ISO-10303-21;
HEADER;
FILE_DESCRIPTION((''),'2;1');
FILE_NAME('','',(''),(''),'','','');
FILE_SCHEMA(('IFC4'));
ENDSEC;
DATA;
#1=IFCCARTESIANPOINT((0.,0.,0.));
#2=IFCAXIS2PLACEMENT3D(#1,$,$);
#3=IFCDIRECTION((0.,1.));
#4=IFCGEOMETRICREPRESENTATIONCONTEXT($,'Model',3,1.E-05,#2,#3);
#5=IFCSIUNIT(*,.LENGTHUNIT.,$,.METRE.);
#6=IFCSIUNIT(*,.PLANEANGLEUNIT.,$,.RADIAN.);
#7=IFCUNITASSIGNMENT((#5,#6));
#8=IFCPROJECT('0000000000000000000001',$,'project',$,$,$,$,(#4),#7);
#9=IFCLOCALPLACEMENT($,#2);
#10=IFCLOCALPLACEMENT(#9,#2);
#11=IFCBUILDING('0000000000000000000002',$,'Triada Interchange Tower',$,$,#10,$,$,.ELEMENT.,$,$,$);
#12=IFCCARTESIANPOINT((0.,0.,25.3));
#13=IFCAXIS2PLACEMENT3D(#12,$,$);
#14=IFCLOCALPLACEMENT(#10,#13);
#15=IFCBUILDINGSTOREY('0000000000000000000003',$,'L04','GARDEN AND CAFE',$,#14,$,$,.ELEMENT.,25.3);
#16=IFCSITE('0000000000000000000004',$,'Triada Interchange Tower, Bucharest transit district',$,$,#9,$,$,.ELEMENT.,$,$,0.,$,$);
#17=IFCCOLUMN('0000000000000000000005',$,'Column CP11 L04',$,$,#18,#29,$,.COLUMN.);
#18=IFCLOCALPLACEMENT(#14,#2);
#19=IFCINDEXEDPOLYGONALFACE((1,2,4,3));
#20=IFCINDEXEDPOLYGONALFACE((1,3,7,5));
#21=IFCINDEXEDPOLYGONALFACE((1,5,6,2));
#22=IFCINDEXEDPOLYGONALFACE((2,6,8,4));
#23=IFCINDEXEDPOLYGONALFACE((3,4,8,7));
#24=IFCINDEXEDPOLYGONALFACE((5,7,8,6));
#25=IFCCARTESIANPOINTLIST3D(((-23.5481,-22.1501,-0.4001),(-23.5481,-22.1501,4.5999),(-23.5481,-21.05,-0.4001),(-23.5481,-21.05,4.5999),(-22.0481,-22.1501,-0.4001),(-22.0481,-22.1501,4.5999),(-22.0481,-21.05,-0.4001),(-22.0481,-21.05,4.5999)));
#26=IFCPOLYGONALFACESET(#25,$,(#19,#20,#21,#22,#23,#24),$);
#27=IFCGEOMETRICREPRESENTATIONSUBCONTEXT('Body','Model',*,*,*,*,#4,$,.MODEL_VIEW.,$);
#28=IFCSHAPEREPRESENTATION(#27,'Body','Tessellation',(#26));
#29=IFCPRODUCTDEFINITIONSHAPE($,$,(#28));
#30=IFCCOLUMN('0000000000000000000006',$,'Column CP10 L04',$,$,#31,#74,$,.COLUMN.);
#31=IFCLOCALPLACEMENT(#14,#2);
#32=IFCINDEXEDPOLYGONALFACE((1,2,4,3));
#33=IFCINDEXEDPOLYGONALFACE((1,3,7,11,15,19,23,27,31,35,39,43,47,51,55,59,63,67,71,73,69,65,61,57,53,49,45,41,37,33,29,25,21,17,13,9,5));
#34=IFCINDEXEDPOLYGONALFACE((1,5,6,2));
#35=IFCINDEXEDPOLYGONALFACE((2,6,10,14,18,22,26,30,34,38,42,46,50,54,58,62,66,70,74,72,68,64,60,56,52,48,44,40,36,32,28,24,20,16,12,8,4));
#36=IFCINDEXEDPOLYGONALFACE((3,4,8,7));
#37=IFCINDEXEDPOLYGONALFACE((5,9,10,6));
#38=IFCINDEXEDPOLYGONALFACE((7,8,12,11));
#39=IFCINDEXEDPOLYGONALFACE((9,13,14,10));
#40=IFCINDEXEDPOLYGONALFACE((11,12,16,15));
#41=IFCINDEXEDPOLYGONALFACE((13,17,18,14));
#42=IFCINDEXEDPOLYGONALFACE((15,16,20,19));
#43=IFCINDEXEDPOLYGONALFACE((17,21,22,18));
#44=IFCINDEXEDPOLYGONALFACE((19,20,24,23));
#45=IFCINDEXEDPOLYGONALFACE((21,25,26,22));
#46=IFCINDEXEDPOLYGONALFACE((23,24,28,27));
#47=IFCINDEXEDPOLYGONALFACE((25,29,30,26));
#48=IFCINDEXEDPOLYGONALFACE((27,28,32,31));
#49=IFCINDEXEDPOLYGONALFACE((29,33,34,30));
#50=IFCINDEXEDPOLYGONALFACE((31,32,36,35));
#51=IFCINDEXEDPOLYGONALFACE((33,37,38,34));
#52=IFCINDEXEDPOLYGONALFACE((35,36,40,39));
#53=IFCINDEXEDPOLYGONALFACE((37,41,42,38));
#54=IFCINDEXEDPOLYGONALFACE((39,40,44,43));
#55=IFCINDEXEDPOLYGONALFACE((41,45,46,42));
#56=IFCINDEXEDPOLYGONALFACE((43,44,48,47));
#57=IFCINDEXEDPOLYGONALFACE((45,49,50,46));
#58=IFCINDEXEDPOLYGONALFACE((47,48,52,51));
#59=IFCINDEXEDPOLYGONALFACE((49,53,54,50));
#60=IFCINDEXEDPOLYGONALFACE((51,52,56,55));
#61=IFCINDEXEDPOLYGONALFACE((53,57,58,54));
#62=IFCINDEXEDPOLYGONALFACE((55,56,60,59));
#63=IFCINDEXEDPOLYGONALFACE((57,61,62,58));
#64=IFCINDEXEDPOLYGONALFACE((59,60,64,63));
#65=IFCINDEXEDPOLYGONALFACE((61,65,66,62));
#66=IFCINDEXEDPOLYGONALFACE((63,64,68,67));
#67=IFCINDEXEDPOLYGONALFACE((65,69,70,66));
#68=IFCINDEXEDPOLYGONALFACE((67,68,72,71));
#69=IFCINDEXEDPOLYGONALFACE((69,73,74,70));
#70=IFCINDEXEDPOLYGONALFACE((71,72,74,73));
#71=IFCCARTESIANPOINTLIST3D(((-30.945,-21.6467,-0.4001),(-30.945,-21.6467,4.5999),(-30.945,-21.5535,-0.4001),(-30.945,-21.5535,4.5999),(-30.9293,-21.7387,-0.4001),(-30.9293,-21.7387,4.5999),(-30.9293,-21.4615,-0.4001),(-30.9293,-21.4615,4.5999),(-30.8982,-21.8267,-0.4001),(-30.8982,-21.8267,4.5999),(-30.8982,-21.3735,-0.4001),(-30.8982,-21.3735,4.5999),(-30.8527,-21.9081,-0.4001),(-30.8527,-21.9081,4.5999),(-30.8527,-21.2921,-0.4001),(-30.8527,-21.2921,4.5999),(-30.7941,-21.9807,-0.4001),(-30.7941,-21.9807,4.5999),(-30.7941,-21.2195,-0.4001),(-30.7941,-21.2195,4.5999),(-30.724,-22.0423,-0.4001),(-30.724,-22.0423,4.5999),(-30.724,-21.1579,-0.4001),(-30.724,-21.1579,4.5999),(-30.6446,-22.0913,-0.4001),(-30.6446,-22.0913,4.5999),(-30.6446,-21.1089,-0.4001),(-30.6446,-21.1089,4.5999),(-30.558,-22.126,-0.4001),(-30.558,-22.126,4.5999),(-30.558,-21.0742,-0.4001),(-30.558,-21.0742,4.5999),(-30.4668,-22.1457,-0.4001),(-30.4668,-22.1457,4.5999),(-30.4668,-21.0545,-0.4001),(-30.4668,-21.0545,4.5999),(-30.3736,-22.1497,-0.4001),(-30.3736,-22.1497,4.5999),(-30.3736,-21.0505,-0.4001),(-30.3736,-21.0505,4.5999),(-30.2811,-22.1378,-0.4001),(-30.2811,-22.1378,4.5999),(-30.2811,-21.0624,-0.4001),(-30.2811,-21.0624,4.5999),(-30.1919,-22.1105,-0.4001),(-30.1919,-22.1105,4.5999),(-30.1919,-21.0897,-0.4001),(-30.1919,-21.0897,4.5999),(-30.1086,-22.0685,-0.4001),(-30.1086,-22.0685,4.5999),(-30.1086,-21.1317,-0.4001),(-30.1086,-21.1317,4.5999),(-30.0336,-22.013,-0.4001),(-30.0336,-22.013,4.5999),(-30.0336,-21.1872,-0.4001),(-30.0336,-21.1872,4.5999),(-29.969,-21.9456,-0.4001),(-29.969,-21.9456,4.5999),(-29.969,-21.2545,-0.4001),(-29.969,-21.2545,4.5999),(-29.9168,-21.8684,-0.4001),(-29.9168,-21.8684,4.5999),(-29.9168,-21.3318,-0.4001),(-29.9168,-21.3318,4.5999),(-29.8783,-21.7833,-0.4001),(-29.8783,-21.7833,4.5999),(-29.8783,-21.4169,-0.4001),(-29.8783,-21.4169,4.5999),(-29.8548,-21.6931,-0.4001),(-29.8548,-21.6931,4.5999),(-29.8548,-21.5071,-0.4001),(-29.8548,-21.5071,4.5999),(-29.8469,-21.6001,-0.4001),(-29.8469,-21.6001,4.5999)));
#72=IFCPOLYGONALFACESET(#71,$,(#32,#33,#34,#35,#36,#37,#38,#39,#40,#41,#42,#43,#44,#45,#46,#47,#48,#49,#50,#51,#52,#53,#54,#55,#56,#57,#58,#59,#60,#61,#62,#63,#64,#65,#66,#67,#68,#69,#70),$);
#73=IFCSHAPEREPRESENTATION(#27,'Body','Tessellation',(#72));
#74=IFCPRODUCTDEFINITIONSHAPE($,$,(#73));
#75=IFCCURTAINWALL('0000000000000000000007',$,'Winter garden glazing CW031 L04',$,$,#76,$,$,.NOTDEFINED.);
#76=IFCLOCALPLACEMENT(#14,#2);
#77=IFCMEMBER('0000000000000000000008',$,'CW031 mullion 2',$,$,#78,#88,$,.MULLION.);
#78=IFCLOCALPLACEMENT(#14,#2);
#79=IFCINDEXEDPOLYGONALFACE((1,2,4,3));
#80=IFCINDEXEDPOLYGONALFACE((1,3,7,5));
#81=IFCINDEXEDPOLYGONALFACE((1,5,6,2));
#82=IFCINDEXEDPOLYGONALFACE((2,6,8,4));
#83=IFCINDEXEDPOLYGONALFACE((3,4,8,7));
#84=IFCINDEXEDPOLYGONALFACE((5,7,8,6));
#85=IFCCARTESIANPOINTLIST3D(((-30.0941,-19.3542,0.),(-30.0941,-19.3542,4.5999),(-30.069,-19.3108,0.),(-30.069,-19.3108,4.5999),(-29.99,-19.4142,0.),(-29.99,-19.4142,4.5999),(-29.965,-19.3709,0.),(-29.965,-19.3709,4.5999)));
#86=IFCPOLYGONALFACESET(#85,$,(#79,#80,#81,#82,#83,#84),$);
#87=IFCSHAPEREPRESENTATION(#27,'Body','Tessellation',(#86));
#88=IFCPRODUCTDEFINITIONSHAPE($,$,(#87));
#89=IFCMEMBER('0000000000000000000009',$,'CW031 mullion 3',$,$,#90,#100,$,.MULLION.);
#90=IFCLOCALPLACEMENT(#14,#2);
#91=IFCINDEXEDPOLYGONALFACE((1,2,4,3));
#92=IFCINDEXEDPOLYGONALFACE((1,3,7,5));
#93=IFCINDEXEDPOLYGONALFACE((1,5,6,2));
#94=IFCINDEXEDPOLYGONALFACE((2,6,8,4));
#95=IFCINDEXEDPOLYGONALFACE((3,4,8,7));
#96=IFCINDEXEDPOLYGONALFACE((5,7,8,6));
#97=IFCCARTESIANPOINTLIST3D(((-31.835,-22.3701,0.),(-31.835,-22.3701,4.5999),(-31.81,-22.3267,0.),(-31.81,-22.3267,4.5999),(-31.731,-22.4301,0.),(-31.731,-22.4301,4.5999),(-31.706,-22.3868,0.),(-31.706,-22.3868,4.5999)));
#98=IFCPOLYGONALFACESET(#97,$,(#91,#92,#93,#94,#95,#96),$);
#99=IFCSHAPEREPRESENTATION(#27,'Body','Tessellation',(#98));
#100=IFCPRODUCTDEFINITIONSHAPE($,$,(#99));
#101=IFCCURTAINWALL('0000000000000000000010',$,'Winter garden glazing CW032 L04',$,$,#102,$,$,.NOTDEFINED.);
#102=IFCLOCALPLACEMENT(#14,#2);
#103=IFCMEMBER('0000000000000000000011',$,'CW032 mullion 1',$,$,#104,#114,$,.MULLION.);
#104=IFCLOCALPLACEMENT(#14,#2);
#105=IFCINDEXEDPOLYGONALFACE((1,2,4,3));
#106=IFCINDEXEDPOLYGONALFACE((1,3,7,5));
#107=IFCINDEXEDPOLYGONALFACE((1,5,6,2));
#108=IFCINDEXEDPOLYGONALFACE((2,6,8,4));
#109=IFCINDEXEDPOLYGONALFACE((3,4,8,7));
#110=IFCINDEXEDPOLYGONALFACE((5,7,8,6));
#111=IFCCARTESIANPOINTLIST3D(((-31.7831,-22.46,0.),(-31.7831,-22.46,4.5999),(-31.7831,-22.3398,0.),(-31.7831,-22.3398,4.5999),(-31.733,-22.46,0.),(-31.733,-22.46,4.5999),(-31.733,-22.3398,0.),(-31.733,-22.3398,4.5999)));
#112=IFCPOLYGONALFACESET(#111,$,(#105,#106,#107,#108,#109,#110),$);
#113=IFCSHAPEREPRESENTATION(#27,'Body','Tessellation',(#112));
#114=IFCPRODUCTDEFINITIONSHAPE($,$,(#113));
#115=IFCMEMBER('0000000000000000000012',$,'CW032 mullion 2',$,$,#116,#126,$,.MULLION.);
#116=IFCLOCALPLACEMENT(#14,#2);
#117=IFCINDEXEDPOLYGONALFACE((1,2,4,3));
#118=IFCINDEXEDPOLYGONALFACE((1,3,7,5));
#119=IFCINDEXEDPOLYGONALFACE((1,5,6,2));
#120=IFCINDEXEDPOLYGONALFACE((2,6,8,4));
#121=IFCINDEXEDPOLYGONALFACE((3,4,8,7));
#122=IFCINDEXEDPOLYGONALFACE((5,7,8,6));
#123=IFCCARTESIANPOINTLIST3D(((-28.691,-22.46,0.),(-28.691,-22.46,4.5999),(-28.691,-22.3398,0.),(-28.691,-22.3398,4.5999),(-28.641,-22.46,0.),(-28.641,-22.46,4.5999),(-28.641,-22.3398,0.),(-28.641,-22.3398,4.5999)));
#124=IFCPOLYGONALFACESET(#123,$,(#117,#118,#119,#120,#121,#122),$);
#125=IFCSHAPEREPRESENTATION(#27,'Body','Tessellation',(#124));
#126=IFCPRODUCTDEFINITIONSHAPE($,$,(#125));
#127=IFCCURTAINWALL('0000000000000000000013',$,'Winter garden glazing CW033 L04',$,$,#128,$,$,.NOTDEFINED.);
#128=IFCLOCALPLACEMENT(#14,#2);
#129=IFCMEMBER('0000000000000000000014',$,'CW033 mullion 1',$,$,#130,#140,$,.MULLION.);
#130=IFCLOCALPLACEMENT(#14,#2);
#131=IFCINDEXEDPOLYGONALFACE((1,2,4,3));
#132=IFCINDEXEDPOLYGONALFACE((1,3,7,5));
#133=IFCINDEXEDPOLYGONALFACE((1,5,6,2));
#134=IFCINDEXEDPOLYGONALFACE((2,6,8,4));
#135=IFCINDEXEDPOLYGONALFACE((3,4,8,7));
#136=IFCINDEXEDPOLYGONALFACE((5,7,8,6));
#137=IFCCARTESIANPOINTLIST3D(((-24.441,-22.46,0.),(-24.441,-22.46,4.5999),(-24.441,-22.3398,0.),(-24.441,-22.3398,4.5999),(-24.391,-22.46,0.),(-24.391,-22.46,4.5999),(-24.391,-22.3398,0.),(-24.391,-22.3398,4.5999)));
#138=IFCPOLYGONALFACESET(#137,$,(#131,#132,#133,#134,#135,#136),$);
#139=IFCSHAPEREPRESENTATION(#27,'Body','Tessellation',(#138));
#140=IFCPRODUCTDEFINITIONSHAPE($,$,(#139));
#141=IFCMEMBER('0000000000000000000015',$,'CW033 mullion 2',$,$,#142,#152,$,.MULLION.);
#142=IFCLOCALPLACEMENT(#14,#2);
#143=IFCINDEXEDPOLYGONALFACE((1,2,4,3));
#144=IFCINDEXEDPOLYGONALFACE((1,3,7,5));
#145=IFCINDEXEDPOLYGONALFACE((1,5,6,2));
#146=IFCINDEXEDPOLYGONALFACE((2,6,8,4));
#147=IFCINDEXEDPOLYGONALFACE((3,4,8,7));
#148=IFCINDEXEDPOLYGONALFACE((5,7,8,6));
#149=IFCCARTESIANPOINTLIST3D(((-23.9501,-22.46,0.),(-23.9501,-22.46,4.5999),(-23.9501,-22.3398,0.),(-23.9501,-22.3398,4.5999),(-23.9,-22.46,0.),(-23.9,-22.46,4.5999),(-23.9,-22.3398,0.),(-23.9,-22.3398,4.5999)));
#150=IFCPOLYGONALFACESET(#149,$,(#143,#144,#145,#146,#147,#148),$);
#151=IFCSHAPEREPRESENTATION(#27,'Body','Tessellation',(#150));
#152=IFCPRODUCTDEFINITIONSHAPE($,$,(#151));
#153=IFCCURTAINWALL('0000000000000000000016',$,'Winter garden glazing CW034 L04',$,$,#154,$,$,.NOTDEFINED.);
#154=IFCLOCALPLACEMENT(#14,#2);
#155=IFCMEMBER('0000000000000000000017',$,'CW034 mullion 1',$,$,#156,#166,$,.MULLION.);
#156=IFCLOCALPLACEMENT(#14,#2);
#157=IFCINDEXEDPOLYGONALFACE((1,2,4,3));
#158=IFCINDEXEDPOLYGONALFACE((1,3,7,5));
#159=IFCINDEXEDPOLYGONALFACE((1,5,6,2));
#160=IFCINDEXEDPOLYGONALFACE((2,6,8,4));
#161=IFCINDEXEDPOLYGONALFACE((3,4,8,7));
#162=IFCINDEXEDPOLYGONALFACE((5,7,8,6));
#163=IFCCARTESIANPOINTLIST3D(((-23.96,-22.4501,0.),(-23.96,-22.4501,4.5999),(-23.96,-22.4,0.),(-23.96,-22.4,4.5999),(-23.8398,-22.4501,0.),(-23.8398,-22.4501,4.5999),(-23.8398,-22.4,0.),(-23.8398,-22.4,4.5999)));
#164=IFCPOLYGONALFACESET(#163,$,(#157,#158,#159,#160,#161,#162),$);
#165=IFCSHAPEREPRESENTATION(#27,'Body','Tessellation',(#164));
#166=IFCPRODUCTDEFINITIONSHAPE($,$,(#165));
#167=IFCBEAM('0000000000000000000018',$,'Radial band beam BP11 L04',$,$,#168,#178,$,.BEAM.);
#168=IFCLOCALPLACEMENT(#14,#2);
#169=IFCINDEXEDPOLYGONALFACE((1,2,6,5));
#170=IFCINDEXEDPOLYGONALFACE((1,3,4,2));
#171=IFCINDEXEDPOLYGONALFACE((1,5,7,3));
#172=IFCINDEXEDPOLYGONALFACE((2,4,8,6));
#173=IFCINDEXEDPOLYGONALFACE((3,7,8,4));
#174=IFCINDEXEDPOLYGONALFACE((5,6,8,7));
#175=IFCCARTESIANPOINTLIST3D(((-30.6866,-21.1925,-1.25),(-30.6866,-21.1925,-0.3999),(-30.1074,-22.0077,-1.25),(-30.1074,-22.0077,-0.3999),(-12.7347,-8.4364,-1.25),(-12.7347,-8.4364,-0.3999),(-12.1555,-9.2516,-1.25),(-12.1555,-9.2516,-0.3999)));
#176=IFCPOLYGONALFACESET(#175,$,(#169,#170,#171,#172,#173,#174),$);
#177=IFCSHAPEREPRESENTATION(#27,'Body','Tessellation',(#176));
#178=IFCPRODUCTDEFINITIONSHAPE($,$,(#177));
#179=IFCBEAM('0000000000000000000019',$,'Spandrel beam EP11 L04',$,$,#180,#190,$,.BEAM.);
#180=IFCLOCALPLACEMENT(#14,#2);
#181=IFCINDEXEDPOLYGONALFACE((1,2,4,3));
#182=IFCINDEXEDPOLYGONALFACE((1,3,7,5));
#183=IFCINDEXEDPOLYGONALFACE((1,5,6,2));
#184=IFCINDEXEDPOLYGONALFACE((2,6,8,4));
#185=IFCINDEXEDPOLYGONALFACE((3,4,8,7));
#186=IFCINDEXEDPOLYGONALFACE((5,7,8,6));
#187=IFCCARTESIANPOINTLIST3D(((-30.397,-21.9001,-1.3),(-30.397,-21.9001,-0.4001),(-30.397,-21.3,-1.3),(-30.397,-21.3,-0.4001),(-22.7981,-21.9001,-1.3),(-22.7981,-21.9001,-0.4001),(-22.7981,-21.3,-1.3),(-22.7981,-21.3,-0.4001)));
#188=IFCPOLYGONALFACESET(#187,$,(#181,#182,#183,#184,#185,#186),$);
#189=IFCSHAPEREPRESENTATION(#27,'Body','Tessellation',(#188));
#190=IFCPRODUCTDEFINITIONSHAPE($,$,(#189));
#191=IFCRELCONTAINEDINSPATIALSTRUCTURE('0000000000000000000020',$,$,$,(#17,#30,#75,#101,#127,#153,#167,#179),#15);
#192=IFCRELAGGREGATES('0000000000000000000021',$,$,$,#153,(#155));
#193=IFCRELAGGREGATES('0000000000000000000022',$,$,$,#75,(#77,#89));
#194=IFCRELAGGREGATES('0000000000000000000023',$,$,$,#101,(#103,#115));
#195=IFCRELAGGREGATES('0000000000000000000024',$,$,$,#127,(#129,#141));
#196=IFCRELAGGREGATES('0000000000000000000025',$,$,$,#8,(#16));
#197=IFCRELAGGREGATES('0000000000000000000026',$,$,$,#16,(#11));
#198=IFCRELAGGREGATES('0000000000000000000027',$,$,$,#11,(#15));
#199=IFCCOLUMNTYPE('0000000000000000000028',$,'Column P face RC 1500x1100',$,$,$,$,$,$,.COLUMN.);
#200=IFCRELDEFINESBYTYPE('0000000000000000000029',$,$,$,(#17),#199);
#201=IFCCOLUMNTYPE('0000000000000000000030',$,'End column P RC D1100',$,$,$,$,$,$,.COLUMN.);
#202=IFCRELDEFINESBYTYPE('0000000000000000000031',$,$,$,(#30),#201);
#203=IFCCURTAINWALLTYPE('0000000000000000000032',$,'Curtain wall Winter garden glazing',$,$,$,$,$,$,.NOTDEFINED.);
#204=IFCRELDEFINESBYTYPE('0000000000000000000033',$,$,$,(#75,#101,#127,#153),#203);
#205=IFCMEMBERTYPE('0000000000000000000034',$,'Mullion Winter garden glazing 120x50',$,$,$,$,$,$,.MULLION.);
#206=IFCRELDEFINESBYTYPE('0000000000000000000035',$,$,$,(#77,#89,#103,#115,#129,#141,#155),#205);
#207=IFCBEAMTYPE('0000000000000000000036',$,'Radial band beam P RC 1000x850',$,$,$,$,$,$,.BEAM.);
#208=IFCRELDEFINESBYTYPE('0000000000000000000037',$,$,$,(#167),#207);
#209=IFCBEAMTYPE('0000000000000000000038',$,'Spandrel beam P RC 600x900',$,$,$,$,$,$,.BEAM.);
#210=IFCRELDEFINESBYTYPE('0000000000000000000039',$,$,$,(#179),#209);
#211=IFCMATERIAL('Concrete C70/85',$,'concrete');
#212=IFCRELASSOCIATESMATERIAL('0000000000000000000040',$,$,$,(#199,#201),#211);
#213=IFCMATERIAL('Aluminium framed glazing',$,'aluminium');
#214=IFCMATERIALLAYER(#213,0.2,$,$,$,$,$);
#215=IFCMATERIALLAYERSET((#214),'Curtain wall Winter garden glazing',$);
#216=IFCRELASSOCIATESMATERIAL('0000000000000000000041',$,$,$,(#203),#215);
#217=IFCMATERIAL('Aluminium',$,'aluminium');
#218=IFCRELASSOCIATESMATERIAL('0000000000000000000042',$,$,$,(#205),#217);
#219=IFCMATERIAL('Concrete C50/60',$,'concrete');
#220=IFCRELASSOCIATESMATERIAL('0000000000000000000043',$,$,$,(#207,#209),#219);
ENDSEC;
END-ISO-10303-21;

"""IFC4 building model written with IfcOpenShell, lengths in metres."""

from ifc_helpers import new_model, si_unit, direction, frame, origin, origin_2d, place, context, subcontext, project, spatial, rectangle, circle, extrude, material, layer, layer_set, material_profile, profile_set, type_object, element, aggregate, save


model = new_model("IFC4")

# Units and contexts
model_context = context("Model", 3, precision=1e-05, world=origin(), true_north=direction((0.0, 1.0)))
body_context = subcontext(model_context, "Body", "Model", "MODEL_VIEW")
ifc_project = project(units=[si_unit("LENGTHUNIT", "METRE"), si_unit("PLANEANGLEUNIT", "RADIAN")], contexts=[model_context])

# Site, building, storey
site_placement = place(None, origin())
site = spatial("IfcSite", under=ifc_project, at=site_placement, Name="Triada Interchange Tower, Bucharest transit district", CompositionType="ELEMENT", RefElevation=0.0)
building_placement = place(site_placement, origin())
building = spatial("IfcBuilding", under=site, at=building_placement, Name="Triada Interchange Tower", CompositionType="ELEMENT")
storey_placement = place(building_placement, frame((0.0, 0.0, 25.3)))
storey = spatial("IfcBuildingStorey", under=building, at=storey_placement, Name="L04", Description="GARDEN AND CAFE", CompositionType="ELEMENT", Elevation=25.3)

# Columns
ifc_material_1 = material(Name="Concrete C70/85", Category="concrete")
ifc_material_profile_1 = material_profile(ifc_material_1, rectangle(XDim=1.5, YDim=1.1001, at=origin_2d()), Name="RC 1500x1100")
ifc_profile_set_1 = profile_set([ifc_material_profile_1], Name="Concrete C70/85")
column_type_1 = type_object("IfcColumnType", Name="Column P face RC 1500x1100", PredefinedType="COLUMN", material=ifc_profile_set_1)
column_1_placement = place(storey_placement, frame((-22.7981, -21.6001, -0.4001), z_axis=(0.0, 0.0, 1.0), x_axis=(1.0, 0.0, 0.0)))
element("IfcColumn", 1, at=column_1_placement, inside=storey, type_object=column_type_1, Name="Column CP11 L04", PredefinedType="COLUMN", context=body_context, shape_type="SweptSolid", body=[
    extrude(rectangle(XDim=1.5, YDim=1.1001, at=origin_2d()), origin(), (0.0, 0.0, 1.0), 5.0),
])
ifc_material_profile_2 = material_profile(ifc_material_1, circle(Radius=0.55, at=origin_2d()), Name="RC D1100")
ifc_profile_set_2 = profile_set([ifc_material_profile_2], Name="Concrete C70/85")
column_type_2 = type_object("IfcColumnType", Name="End column P RC D1100", PredefinedType="COLUMN", material=ifc_profile_set_2)
column_2_placement = place(storey_placement, frame((-30.397, -21.6001, -0.4001), z_axis=(0.0, 0.0, 1.0), x_axis=(1.0, 0.0, 0.0)))
element("IfcColumn", 2, at=column_2_placement, inside=storey, type_object=column_type_2, Name="Column CP10 L04", PredefinedType="COLUMN", context=body_context, shape_type="SweptSolid", body=[
    extrude(circle(Radius=0.55, at=origin_2d()), origin(), (0.0, 0.0, 1.0), 5.0),
])

# Curtain walls, members
ifc_material_2 = material(Name="Aluminium framed glazing", Category="aluminium")
ifc_layer_1 = layer(ifc_material_2, 0.2)
ifc_layer_set_1 = layer_set([ifc_layer_1], Name="Curtain wall Winter garden glazing")
curtain_wall_type = type_object("IfcCurtainWallType", Name="Curtain wall Winter garden glazing", PredefinedType="NOTDEFINED", material=ifc_layer_set_1)
curtain_wall_1_placement = place(storey_placement, origin())
curtain_wall_1 = element("IfcCurtainWall", 3, at=curtain_wall_1_placement, inside=storey, type_object=curtain_wall_type, Name="Winter garden glazing CW031 L04", PredefinedType="NOTDEFINED")
ifc_material_3 = material(Name="Aluminium", Category="aluminium")
ifc_material_profile_3 = material_profile(ifc_material_3, rectangle(XDim=0.1201, YDim=0.05, at=origin_2d()), Name="Aluminium mullion")
ifc_profile_set_3 = profile_set([ifc_material_profile_3], Name="Aluminium")
member_type_1 = type_object("IfcMemberType", Name="Mullion Winter garden glazing 120x50", PredefinedType="MULLION", material=ifc_profile_set_3)
member_1_placement = place(storey_placement, frame((-30.0295, -19.3625, 0.0), z_axis=(0.0, 0.0, 1.0), x_axis=(0.86605, -0.499957, 0.0)))
member_1 = element("IfcMember", 4, at=member_1_placement, type_object=member_type_1, Name="CW031 mullion 2", PredefinedType="MULLION", context=body_context, shape_type="SweptSolid", body=[
    extrude(rectangle(XDim=0.1201, YDim=0.05, at=origin_2d()), origin(), (0.0, 0.0, 1.0), 4.5999),
])
member_2_placement = place(storey_placement, frame((-31.7705, -22.3784, 0.0), z_axis=(0.0, 0.0, 1.0), x_axis=(0.86605, -0.499957, 0.0)))
member_2 = element("IfcMember", 5, at=member_2_placement, type_object=member_type_1, Name="CW031 mullion 3", PredefinedType="MULLION", context=body_context, shape_type="SweptSolid", body=[
    extrude(rectangle(XDim=0.1201, YDim=0.05, at=origin_2d()), origin(), (0.0, 0.0, 1.0), 4.5999),
])
curtain_wall_2_placement = place(storey_placement, origin())
curtain_wall_2 = element("IfcCurtainWall", 6, at=curtain_wall_2_placement, inside=storey, type_object=curtain_wall_type, Name="Winter garden glazing CW032 L04", PredefinedType="NOTDEFINED")
member_3_placement = place(storey_placement, frame((-31.7581, -22.3999, 0.0), z_axis=(0.0, 0.0, 1.0), x_axis=(0.0, 1.0, 0.0)))
member_3 = element("IfcMember", 7, at=member_3_placement, type_object=member_type_1, Name="CW032 mullion 1", PredefinedType="MULLION", context=body_context, shape_type="SweptSolid", body=[
    extrude(rectangle(XDim=0.1201, YDim=0.05, at=origin_2d()), origin(), (0.0, 0.0, 1.0), 4.5999),
])
member_4_placement = place(storey_placement, frame((-28.666, -22.3999, 0.0), z_axis=(0.0, 0.0, 1.0), x_axis=(0.0, 1.0, 0.0)))
member_4 = element("IfcMember", 8, at=member_4_placement, type_object=member_type_1, Name="CW032 mullion 2", PredefinedType="MULLION", context=body_context, shape_type="SweptSolid", body=[
    extrude(rectangle(XDim=0.1201, YDim=0.05, at=origin_2d()), origin(), (0.0, 0.0, 1.0), 4.5999),
])
curtain_wall_3_placement = place(storey_placement, origin())
curtain_wall_3 = element("IfcCurtainWall", 9, at=curtain_wall_3_placement, inside=storey, type_object=curtain_wall_type, Name="Winter garden glazing CW033 L04", PredefinedType="NOTDEFINED")
member_5_placement = place(storey_placement, frame((-24.416, -22.3999, 0.0), z_axis=(0.0, 0.0, 1.0), x_axis=(0.0, 1.0, 0.0)))
member_5 = element("IfcMember", 10, at=member_5_placement, type_object=member_type_1, Name="CW033 mullion 1", PredefinedType="MULLION", context=body_context, shape_type="SweptSolid", body=[
    extrude(rectangle(XDim=0.1201, YDim=0.05, at=origin_2d()), origin(), (0.0, 0.0, 1.0), 4.5999),
])
member_6_placement = place(storey_placement, frame((-23.925, -22.3999, 0.0), z_axis=(0.0, 0.0, 1.0), x_axis=(0.0, 1.0, 0.0)))
member_6 = element("IfcMember", 11, at=member_6_placement, type_object=member_type_1, Name="CW033 mullion 2", PredefinedType="MULLION", context=body_context, shape_type="SweptSolid", body=[
    extrude(rectangle(XDim=0.1201, YDim=0.05, at=origin_2d()), origin(), (0.0, 0.0, 1.0), 4.5999),
])

# Curtain wall, member
curtain_wall_4_placement = place(storey_placement, origin())
curtain_wall_4 = element("IfcCurtainWall", 12, at=curtain_wall_4_placement, inside=storey, type_object=curtain_wall_type, Name="Winter garden glazing CW034 L04", PredefinedType="NOTDEFINED")
member_7_placement = place(storey_placement, frame((-23.8999, -22.425, 0.0), z_axis=(0.0, 0.0, 1.0), x_axis=(1.0, 0.0, 0.0)))
member_7 = element("IfcMember", 13, at=member_7_placement, type_object=member_type_1, Name="CW034 mullion 1", PredefinedType="MULLION", context=body_context, shape_type="SweptSolid", body=[
    extrude(rectangle(XDim=0.1201, YDim=0.05, at=origin_2d()), origin(), (0.0, 0.0, 1.0), 4.5999),
])
aggregate(curtain_wall_4, [member_7])

# Beams
ifc_material_4 = material(Name="Concrete C50/60", Category="concrete")
ifc_material_profile_4 = material_profile(ifc_material_4, rectangle(XDim=1.0, YDim=0.8501, at=origin_2d()), Name="RC 1000x850")
ifc_profile_set_4 = profile_set([ifc_material_profile_4], Name="Concrete C50/60")
beam_type_1 = type_object("IfcBeamType", Name="Radial band beam P RC 1000x850", PredefinedType="BEAM", material=ifc_profile_set_4)
beam_1_placement = place(storey_placement, frame((-30.397, -21.6001, -0.825), z_axis=(0.815163, 0.579231, 0.0), x_axis=(-0.579231, 0.815163, 0.0)))
element("IfcBeam", 14, at=beam_1_placement, inside=storey, type_object=beam_type_1, Name="Radial band beam BP11 L04", PredefinedType="BEAM", context=body_context, shape_type="SweptSolid", body=[
    extrude(rectangle(XDim=1.0, YDim=0.8501, at=origin_2d()), origin(), (0.0, 0.0, 1.0), 22.0225),
])
ifc_material_profile_5 = material_profile(ifc_material_4, rectangle(XDim=0.6001, YDim=0.8999, at=origin_2d()), Name="RC 600x900")
ifc_profile_set_5 = profile_set([ifc_material_profile_5], Name="Concrete C50/60")
beam_type_2 = type_object("IfcBeamType", Name="Spandrel beam P RC 600x900", PredefinedType="BEAM", material=ifc_profile_set_5)
beam_2_placement = place(storey_placement, frame((-30.397, -21.6001, -0.8501), z_axis=(1.0, 0.0, 0.0), x_axis=(0.0, 1.0, 0.0)))
element("IfcBeam", 15, at=beam_2_placement, inside=storey, type_object=beam_type_2, Name="Spandrel beam EP11 L04", PredefinedType="BEAM", context=body_context, shape_type="SweptSolid", body=[
    extrude(rectangle(XDim=0.6001, YDim=0.8999, at=origin_2d()), origin(), (0.0, 0.0, 1.0), 7.5989),
])

aggregate(curtain_wall_1, [member_1, member_2])
aggregate(curtain_wall_2, [member_3, member_4])
aggregate(curtain_wall_3, [member_5, member_6])

save(model, "model.ifc")
